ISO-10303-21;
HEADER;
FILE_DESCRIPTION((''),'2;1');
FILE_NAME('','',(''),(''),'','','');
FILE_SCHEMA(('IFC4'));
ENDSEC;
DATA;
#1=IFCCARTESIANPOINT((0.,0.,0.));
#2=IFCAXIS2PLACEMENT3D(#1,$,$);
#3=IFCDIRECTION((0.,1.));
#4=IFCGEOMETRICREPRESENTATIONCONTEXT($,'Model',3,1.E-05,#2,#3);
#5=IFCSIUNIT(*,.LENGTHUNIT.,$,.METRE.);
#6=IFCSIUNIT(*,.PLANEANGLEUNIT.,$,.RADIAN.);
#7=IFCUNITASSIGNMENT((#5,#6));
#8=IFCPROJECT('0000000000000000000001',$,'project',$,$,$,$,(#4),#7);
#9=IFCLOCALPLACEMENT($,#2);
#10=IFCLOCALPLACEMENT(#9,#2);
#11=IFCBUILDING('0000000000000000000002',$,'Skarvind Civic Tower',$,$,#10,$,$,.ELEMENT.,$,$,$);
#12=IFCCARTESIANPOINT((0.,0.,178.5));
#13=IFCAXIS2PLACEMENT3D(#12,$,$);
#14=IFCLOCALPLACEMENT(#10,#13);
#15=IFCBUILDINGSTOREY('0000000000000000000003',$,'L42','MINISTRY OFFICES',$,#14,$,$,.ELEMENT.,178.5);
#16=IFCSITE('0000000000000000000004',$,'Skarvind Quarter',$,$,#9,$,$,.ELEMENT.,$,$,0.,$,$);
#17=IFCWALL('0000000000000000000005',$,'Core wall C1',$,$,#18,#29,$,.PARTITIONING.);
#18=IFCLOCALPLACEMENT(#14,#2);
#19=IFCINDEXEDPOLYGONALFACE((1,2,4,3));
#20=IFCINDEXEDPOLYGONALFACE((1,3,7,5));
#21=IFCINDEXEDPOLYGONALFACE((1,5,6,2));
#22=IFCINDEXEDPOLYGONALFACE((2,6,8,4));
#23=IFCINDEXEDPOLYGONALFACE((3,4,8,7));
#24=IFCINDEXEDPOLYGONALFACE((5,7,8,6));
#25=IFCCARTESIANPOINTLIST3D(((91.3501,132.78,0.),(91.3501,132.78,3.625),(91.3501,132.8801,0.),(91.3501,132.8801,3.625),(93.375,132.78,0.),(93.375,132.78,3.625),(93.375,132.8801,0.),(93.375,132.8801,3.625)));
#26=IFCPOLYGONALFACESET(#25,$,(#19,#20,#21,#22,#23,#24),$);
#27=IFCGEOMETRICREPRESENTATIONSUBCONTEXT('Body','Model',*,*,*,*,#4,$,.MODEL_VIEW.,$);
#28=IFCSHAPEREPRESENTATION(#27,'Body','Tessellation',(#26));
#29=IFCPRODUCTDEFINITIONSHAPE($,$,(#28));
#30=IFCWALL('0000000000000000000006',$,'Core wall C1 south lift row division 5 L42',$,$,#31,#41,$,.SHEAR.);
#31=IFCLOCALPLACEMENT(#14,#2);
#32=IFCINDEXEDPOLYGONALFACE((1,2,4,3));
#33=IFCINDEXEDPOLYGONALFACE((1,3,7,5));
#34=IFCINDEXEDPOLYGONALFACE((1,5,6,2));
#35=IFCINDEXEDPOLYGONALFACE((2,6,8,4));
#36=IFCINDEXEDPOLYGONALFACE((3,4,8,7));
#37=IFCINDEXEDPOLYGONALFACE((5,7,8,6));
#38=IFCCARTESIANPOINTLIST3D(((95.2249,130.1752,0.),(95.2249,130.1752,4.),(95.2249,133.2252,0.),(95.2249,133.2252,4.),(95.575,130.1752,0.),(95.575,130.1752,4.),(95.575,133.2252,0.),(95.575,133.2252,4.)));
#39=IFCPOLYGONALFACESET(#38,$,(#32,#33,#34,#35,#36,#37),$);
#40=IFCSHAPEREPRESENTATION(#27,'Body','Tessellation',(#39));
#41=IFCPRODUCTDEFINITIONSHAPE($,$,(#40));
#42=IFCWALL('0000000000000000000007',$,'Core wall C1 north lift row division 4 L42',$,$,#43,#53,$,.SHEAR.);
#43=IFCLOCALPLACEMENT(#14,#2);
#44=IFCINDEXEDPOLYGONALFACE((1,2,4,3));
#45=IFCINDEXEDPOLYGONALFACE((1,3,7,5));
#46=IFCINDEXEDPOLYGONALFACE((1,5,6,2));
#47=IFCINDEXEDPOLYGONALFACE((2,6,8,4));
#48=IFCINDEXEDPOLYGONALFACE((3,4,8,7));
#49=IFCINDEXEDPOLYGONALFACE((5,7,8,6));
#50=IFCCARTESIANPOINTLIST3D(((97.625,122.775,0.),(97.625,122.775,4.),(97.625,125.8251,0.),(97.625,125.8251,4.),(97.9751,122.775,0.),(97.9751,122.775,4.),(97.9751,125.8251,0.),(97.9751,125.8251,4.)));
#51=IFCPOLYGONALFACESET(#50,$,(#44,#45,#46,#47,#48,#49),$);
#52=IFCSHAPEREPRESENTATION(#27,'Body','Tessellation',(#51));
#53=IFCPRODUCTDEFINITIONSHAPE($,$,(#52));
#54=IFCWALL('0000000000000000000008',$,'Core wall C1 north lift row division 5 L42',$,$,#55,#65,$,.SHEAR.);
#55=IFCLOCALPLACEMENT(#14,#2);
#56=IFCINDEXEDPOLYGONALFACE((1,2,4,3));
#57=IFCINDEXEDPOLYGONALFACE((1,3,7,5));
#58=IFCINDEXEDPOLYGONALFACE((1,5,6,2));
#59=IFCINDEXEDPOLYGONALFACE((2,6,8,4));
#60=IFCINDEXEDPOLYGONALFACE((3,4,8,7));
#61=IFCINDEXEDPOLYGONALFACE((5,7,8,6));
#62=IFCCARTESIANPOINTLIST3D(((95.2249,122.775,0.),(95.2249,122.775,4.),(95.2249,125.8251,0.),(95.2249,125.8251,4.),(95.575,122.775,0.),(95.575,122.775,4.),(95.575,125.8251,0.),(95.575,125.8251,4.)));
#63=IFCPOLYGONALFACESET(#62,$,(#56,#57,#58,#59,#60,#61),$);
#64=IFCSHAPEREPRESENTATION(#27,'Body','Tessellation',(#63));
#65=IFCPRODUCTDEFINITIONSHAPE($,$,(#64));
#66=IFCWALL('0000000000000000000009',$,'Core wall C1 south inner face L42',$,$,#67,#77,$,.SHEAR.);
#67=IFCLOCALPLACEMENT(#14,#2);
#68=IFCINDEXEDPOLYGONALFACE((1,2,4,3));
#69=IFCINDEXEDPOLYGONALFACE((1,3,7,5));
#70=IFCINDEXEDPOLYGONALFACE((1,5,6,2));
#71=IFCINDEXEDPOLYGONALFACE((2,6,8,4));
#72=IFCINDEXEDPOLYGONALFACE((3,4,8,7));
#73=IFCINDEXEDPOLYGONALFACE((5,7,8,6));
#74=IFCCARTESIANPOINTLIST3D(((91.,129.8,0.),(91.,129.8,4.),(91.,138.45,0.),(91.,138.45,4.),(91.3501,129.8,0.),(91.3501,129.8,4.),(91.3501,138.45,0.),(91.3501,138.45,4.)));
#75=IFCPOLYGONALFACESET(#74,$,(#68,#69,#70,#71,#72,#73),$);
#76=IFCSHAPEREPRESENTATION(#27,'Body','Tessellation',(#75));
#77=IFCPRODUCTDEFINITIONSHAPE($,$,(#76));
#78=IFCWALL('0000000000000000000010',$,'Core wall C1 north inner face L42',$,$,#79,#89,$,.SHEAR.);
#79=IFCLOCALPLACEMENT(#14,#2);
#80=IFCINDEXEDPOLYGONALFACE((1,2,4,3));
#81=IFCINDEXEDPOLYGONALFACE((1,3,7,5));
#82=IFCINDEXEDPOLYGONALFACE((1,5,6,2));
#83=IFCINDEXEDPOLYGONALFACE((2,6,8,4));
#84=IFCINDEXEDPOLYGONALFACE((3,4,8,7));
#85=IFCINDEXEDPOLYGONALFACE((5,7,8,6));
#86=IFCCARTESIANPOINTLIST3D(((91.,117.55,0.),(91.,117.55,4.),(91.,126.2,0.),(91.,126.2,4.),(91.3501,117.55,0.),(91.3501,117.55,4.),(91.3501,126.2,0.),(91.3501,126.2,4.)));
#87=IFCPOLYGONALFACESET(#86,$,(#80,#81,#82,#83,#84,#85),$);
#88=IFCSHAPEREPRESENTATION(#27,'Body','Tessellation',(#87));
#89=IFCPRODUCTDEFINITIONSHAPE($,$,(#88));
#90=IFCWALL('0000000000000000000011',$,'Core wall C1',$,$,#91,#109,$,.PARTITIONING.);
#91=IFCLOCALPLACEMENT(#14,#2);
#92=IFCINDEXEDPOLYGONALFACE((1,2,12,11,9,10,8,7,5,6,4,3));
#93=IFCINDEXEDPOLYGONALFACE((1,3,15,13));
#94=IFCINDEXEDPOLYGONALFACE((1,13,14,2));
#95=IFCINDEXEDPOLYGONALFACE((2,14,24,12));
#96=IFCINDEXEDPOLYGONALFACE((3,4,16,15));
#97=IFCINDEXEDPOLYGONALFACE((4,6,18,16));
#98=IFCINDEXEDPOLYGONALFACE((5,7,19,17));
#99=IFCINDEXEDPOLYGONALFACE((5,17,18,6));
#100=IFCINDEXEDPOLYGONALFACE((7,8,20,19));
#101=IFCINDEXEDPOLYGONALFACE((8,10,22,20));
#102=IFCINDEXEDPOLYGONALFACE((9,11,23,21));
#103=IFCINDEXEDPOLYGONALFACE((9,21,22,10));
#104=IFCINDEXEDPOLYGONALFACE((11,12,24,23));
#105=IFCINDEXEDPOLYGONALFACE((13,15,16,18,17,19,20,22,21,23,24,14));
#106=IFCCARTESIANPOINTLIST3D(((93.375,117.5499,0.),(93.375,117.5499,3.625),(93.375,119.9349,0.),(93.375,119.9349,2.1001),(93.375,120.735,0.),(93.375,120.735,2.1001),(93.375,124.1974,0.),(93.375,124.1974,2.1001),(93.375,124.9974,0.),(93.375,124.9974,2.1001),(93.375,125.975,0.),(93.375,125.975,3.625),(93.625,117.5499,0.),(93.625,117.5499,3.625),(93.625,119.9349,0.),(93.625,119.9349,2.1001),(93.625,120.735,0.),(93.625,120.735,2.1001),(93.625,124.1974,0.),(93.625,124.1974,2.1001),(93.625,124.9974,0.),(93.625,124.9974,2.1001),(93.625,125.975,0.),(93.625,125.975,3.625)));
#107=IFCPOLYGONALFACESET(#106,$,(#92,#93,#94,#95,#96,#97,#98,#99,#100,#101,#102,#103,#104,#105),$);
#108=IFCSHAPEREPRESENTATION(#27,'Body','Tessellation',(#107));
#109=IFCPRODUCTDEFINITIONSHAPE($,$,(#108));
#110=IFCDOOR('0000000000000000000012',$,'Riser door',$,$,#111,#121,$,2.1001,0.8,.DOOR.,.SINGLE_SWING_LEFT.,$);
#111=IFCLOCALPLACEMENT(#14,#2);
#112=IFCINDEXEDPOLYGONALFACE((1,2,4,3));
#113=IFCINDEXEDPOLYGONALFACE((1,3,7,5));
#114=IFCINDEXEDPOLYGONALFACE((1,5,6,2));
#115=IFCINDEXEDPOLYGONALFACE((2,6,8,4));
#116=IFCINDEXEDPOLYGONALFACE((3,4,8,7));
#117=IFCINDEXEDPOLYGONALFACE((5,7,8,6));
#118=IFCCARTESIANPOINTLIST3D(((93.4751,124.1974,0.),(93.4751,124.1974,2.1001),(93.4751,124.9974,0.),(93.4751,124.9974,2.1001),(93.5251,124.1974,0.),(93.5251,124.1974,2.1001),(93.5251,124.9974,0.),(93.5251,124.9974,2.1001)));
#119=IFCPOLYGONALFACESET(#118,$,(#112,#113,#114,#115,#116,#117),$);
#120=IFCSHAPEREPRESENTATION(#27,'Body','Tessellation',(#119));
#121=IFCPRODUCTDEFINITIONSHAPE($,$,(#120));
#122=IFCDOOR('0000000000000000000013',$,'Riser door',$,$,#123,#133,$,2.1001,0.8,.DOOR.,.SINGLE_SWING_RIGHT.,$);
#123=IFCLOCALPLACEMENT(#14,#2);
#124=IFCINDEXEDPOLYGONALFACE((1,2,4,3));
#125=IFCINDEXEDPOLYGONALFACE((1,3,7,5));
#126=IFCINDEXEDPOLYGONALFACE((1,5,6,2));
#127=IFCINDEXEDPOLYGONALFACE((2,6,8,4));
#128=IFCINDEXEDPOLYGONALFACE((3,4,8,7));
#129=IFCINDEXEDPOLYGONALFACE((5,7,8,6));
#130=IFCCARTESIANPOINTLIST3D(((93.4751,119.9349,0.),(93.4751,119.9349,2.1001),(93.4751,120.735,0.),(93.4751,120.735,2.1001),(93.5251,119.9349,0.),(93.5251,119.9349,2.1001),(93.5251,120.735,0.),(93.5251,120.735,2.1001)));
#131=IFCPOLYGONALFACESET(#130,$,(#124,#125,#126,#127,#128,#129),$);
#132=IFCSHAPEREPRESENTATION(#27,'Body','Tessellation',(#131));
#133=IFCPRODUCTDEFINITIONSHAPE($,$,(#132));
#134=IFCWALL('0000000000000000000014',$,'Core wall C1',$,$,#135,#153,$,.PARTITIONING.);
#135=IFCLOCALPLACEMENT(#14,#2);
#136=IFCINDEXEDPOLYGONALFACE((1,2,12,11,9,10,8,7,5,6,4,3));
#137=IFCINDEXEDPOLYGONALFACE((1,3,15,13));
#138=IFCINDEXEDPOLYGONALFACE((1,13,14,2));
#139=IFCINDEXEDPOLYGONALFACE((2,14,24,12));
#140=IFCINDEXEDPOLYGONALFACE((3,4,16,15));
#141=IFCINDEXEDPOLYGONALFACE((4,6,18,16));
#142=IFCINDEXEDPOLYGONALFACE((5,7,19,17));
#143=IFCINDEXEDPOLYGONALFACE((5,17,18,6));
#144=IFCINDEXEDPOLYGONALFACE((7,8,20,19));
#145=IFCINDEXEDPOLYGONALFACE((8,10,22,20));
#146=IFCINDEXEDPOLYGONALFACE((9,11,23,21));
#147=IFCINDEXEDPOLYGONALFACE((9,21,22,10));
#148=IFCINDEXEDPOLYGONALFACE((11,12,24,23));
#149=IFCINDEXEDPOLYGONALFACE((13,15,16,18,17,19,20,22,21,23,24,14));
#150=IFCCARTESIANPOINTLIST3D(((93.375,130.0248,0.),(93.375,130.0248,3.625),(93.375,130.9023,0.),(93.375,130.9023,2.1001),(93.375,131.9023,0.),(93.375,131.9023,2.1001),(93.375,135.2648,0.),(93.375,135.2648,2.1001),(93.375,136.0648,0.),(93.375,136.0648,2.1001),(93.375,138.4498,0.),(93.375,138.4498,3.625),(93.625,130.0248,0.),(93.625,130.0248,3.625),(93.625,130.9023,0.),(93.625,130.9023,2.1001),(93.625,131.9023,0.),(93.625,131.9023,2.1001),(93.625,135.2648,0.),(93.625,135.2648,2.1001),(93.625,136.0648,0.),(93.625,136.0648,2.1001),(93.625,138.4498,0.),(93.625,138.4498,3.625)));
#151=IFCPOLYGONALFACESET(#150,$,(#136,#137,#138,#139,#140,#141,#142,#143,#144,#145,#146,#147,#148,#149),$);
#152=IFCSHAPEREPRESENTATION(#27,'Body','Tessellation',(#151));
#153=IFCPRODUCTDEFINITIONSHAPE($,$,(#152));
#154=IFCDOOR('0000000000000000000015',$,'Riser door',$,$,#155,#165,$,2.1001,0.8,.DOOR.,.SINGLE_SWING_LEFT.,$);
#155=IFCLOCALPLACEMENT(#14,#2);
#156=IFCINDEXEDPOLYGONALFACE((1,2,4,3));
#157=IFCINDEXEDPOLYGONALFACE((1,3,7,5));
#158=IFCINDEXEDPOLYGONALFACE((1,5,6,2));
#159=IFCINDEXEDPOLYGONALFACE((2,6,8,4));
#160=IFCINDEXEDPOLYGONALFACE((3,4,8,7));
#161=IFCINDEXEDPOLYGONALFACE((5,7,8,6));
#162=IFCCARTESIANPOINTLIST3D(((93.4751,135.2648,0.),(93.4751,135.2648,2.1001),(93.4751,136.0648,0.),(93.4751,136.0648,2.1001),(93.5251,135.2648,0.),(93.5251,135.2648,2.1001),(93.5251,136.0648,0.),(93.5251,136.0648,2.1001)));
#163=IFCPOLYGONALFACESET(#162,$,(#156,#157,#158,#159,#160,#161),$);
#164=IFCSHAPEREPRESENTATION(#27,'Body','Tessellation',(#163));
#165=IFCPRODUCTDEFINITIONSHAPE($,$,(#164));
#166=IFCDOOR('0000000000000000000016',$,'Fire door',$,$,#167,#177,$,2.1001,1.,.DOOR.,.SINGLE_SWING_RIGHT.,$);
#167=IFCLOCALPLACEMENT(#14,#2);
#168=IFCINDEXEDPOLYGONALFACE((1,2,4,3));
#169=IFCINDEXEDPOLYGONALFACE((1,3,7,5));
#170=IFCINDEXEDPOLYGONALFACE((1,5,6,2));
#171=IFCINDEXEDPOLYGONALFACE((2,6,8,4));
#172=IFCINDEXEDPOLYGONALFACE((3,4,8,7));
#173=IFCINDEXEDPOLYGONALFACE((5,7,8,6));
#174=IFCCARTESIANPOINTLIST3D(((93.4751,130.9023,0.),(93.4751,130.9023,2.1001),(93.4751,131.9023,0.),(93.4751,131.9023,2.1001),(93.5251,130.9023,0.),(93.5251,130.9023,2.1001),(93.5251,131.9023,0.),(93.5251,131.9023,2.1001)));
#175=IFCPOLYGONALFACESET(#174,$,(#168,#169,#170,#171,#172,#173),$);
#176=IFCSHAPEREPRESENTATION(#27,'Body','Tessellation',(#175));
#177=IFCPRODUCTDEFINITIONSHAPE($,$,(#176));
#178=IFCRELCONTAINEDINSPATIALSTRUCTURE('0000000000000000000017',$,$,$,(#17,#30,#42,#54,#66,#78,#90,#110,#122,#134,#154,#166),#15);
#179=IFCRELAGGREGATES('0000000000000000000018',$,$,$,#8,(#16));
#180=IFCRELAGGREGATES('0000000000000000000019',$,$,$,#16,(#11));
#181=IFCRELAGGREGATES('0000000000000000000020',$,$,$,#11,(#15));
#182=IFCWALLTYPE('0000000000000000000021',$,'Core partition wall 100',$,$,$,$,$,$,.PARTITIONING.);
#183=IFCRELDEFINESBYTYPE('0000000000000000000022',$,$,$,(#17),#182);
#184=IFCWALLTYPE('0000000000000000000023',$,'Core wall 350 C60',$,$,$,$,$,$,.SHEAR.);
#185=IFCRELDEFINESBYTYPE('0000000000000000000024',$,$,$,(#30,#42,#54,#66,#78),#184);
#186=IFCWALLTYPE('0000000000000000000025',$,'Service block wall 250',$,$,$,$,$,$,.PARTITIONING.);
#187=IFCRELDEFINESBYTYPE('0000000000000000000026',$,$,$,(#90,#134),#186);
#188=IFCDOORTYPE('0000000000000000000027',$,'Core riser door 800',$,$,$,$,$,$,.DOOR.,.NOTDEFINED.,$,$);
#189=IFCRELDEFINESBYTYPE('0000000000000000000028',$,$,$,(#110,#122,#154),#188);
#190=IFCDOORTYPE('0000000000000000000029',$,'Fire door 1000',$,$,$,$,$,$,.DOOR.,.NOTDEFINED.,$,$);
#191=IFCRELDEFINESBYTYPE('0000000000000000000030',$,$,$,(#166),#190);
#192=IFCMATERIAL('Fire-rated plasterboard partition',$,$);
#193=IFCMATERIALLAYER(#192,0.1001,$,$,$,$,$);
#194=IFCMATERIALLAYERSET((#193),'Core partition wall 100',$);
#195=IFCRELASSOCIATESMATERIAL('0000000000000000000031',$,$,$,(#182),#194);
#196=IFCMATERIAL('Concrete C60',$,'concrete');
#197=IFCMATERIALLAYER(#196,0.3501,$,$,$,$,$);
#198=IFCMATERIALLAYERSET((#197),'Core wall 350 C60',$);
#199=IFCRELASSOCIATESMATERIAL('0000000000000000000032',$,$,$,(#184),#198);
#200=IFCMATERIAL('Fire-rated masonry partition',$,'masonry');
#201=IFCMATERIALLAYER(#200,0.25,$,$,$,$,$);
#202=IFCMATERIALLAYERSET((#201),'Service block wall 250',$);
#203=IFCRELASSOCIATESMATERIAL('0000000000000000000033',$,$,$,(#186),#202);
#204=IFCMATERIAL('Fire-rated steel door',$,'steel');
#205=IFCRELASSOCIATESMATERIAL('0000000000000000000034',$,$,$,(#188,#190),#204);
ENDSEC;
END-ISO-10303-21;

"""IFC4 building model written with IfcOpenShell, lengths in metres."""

from ifc_helpers import new_model, si_unit, direction, frame, frame_2d, origin, place, context, subcontext, project, spatial, rectangle, extrude, material, layer, layer_set, type_object, element, fill, save


model = new_model("IFC4")

# Units and contexts
model_context = context("Model", 3, precision=1e-05, world=origin(), true_north=direction((0.0, 1.0)))
body_context = subcontext(model_context, "Body", "Model", "MODEL_VIEW")
ifc_project = project(units=[si_unit("LENGTHUNIT", "METRE"), si_unit("PLANEANGLEUNIT", "RADIAN")], contexts=[model_context])

# Site, building, storey
site_placement = place(None, origin())
site = spatial("IfcSite", under=ifc_project, at=site_placement, Name="Skarvind Quarter", CompositionType="ELEMENT", RefElevation=0.0)
building_placement = place(site_placement, origin())
building = spatial("IfcBuilding", under=site, at=building_placement, Name="Skarvind Civic Tower", CompositionType="ELEMENT")
storey_placement = place(building_placement, frame((0.0, 0.0, 178.5)))
storey = spatial("IfcBuildingStorey", under=building, at=storey_placement, Name="L42", Description="MINISTRY OFFICES", CompositionType="ELEMENT", Elevation=178.5)

# Shared definitions
ifc_material_1 = material(Name="Concrete C60", Category="concrete")

# Shared definitions
ifc_material_2 = material(Name="Fire-rated masonry partition", Category="masonry")
ifc_material_3 = material(Name="Fire-rated steel door", Category="steel")

# Walls
ifc_material_4 = material(Name="Fire-rated plasterboard partition")
ifc_layer_1 = layer(ifc_material_4, 0.1001)
ifc_layer_set_1 = layer_set([ifc_layer_1], Name="Core partition wall 100")
wall_type_1 = type_object("IfcWallType", Name="Core partition wall 100", PredefinedType="PARTITIONING", material=ifc_layer_set_1)
for number, where, z_axis, x_axis, name in (
    (1, (91.3501, 132.8301, 0.0), (0.0, 0.0, 1.0), (1.0, 0.0, 0.0), "Core wall C1"),
):
    element("IfcWall", number, at=place(storey_placement, frame(where, z_axis=z_axis, x_axis=x_axis)), inside=storey, type_object=wall_type_1, Name=name, PredefinedType="PARTITIONING", context=body_context, shape_type="SweptSolid", body=[
        extrude(rectangle(XDim=2.0249, YDim=0.1001, at=frame_2d((1.0125, 0.0))), origin(), (0.0, 0.0, 1.0), 3.625),
    ])
ifc_layer_2 = layer(ifc_material_1, 0.3501)
ifc_layer_set_2 = layer_set([ifc_layer_2], Name="Core wall 350 C60")
wall_type_2 = type_object("IfcWallType", Name="Core wall 350 C60", PredefinedType="SHEAR", material=ifc_layer_set_2)
for number, where, z_axis, x_axis, name in (
    (2, (95.3999, 133.2251, 0.0), (0.0, 0.0, 1.0), (0.0, -1.0, 0.0), "Core wall C1 south lift row division 5 L42"),
    (3, (97.8, 125.825, 0.0), (0.0, 0.0, 1.0), (0.0, -1.0, 0.0), "Core wall C1 north lift row division 4 L42"),
    (4, (95.3999, 125.825, 0.0), (0.0, 0.0, 1.0), (0.0, -1.0, 0.0), "Core wall C1 north lift row division 5 L42"),
):
    element("IfcWall", number, at=place(storey_placement, frame(where, z_axis=z_axis, x_axis=x_axis)), inside=storey, type_object=wall_type_2, Name=name, PredefinedType="SHEAR", context=body_context, shape_type="SweptSolid", body=[
        extrude(rectangle(XDim=3.05, YDim=0.3501, at=frame_2d((1.5249, 0.0))), origin(), (0.0, 0.0, 1.0), 4.0),
    ])
for number, where, z_axis, x_axis, name in (
    (5, (91.175, 138.45, 0.0), (0.0, 0.0, 1.0), (0.0, -1.0, 0.0), "Core wall C1 south inner face L42"),
    (6, (91.175, 126.2, 0.0), (0.0, 0.0, 1.0), (0.0, -1.0, 0.0), "Core wall C1 north inner face L42"),
):
    element("IfcWall", number, at=place(storey_placement, frame(where, z_axis=z_axis, x_axis=x_axis)), inside=storey, type_object=wall_type_2, Name=name, PredefinedType="SHEAR", context=body_context, shape_type="SweptSolid", body=[
        extrude(rectangle(XDim=8.6499, YDim=0.3501, at=frame_2d((4.325, 0.0))), origin(), (0.0, 0.0, 1.0), 4.0),
    ])

# Walls, openings, doors
ifc_layer_3 = layer(ifc_material_2, 0.25)
ifc_layer_set_3 = layer_set([ifc_layer_3], Name="Service block wall 250")
wall_type_3 = type_object("IfcWallType", Name="Service block wall 250", PredefinedType="PARTITIONING", material=ifc_layer_set_3)
wall_1_placement = place(storey_placement, frame((93.5, 117.55, 0.0), z_axis=(0.0, 0.0, 1.0), x_axis=(0.0, 1.0, 0.0)))
wall_1 = element("IfcWall", 7, at=wall_1_placement, inside=storey, type_object=wall_type_3, Name="Core wall C1", PredefinedType="PARTITIONING", context=body_context, shape_type="SweptSolid", body=[
    extrude(rectangle(XDim=8.425, YDim=0.25, at=frame_2d((4.2124, 0.0))), origin(), (0.0, 0.0, 1.0), 3.625),
])
opening_1_placement = place(wall_1_placement, frame((6.6475, 0.0, 0.0)))
opening_1 = element("IfcOpeningElement", 8, at=opening_1_placement, cuts=wall_1, PredefinedType="OPENING", context=body_context, shape_type="SweptSolid", body=[
    extrude(rectangle(XDim=0.8, YDim=2.1001, at=frame_2d((0.3999, 1.05))), frame((0.0, 0.135, 0.0), z_axis=(0.0, -1.0, 0.0), x_axis=(1.0, 0.0, 0.0)), (0.0, 0.0, 1.0), 0.27),
])
opening_2_placement = place(wall_1_placement, frame((2.385, 0.0, 0.0)))
opening_2 = element("IfcOpeningElement", 9, at=opening_2_placement, cuts=wall_1, PredefinedType="OPENING", context=body_context, shape_type="SweptSolid", body=[
    extrude(rectangle(XDim=0.8, YDim=2.1001, at=frame_2d((0.3999, 1.05))), frame((0.0, 0.135, 0.0), z_axis=(0.0, -1.0, 0.0), x_axis=(1.0, 0.0, 0.0)), (0.0, 0.0, 1.0), 0.27),
])
door_type_1 = type_object("IfcDoorType", Name="Core riser door 800", OperationType="NOTDEFINED", PredefinedType="DOOR", material=ifc_material_3)
door_1_placement = place(opening_1_placement, origin())
door_1 = element("IfcDoor", 10, at=door_1_placement, inside=storey, type_object=door_type_1, Name="Riser door", OperationType="SINGLE_SWING_LEFT", OverallHeight=2.1001, OverallWidth=0.8, PredefinedType="DOOR", context=body_context, shape_type="SweptSolid", body=[
    extrude(rectangle(XDim=0.8, YDim=2.1001, at=frame_2d((0.3999, 1.05))), frame((0.0, 0.0249, 0.0), z_axis=(0.0, -1.0, 0.0), x_axis=(1.0, 0.0, 0.0)), (0.0, 0.0, 1.0), 0.05),
])
fill(opening_1, door_1)
door_2_placement = place(opening_2_placement, origin())
door_2 = element("IfcDoor", 11, at=door_2_placement, inside=storey, type_object=door_type_1, Name="Riser door", OperationType="SINGLE_SWING_RIGHT", OverallHeight=2.1001, OverallWidth=0.8, PredefinedType="DOOR", context=body_context, shape_type="SweptSolid", body=[
    extrude(rectangle(XDim=0.8, YDim=2.1001, at=frame_2d((0.3999, 1.05))), frame((0.0, 0.0249, 0.0), z_axis=(0.0, -1.0, 0.0), x_axis=(1.0, 0.0, 0.0)), (0.0, 0.0, 1.0), 0.05),
])
fill(opening_2, door_2)
wall_2_placement = place(storey_placement, frame((93.5, 130.0249, 0.0), z_axis=(0.0, 0.0, 1.0), x_axis=(0.0, 1.0, 0.0)))
wall_2 = element("IfcWall", 12, at=wall_2_placement, inside=storey, type_object=wall_type_3, Name="Core wall C1", PredefinedType="PARTITIONING", context=body_context, shape_type="SweptSolid", body=[
    extrude(rectangle(XDim=8.425, YDim=0.25, at=frame_2d((4.2124, 0.0))), origin(), (0.0, 0.0, 1.0), 3.625),
])
opening_3_placement = place(wall_2_placement, frame((0.8774, 0.0, 0.0)))
opening_3 = element("IfcOpeningElement", 13, at=opening_3_placement, cuts=wall_2, PredefinedType="OPENING", context=body_context, shape_type="SweptSolid", body=[
    extrude(rectangle(XDim=1.0, YDim=2.1001, at=frame_2d((0.5, 1.05))), frame((0.0, 0.135, 0.0), z_axis=(0.0, -1.0, 0.0), x_axis=(1.0, 0.0, 0.0)), (0.0, 0.0, 1.0), 0.27),
])
opening_4_placement = place(wall_2_placement, frame((5.24, 0.0, 0.0)))
opening_4 = element("IfcOpeningElement", 14, at=opening_4_placement, cuts=wall_2, PredefinedType="OPENING", context=body_context, shape_type="SweptSolid", body=[
    extrude(rectangle(XDim=0.8, YDim=2.1001, at=frame_2d((0.3999, 1.05))), frame((0.0, 0.135, 0.0), z_axis=(0.0, -1.0, 0.0), x_axis=(1.0, 0.0, 0.0)), (0.0, 0.0, 1.0), 0.27),
])
door_3_placement = place(opening_4_placement, origin())
door_3 = element("IfcDoor", 15, at=door_3_placement, inside=storey, type_object=door_type_1, Name="Riser door", OperationType="SINGLE_SWING_LEFT", OverallHeight=2.1001, OverallWidth=0.8, PredefinedType="DOOR", context=body_context, shape_type="SweptSolid", body=[
    extrude(rectangle(XDim=0.8, YDim=2.1001, at=frame_2d((0.3999, 1.05))), frame((0.0, 0.0249, 0.0), z_axis=(0.0, -1.0, 0.0), x_axis=(1.0, 0.0, 0.0)), (0.0, 0.0, 1.0), 0.05),
])
fill(opening_4, door_3)
door_type_2 = type_object("IfcDoorType", Name="Fire door 1000", OperationType="NOTDEFINED", PredefinedType="DOOR", material=ifc_material_3)
door_4_placement = place(opening_3_placement, origin())
door_4 = element("IfcDoor", 16, at=door_4_placement, inside=storey, type_object=door_type_2, Name="Fire door", OperationType="SINGLE_SWING_RIGHT", OverallHeight=2.1001, OverallWidth=1.0, PredefinedType="DOOR", context=body_context, shape_type="SweptSolid", body=[
    extrude(rectangle(XDim=1.0, YDim=2.1001, at=frame_2d((0.5, 1.05))), frame((0.0, 0.0249, 0.0), z_axis=(0.0, -1.0, 0.0), x_axis=(1.0, 0.0, 0.0)), (0.0, 0.0, 1.0), 0.05),
])
fill(opening_3, door_4)

save(model, "model.ifc")
